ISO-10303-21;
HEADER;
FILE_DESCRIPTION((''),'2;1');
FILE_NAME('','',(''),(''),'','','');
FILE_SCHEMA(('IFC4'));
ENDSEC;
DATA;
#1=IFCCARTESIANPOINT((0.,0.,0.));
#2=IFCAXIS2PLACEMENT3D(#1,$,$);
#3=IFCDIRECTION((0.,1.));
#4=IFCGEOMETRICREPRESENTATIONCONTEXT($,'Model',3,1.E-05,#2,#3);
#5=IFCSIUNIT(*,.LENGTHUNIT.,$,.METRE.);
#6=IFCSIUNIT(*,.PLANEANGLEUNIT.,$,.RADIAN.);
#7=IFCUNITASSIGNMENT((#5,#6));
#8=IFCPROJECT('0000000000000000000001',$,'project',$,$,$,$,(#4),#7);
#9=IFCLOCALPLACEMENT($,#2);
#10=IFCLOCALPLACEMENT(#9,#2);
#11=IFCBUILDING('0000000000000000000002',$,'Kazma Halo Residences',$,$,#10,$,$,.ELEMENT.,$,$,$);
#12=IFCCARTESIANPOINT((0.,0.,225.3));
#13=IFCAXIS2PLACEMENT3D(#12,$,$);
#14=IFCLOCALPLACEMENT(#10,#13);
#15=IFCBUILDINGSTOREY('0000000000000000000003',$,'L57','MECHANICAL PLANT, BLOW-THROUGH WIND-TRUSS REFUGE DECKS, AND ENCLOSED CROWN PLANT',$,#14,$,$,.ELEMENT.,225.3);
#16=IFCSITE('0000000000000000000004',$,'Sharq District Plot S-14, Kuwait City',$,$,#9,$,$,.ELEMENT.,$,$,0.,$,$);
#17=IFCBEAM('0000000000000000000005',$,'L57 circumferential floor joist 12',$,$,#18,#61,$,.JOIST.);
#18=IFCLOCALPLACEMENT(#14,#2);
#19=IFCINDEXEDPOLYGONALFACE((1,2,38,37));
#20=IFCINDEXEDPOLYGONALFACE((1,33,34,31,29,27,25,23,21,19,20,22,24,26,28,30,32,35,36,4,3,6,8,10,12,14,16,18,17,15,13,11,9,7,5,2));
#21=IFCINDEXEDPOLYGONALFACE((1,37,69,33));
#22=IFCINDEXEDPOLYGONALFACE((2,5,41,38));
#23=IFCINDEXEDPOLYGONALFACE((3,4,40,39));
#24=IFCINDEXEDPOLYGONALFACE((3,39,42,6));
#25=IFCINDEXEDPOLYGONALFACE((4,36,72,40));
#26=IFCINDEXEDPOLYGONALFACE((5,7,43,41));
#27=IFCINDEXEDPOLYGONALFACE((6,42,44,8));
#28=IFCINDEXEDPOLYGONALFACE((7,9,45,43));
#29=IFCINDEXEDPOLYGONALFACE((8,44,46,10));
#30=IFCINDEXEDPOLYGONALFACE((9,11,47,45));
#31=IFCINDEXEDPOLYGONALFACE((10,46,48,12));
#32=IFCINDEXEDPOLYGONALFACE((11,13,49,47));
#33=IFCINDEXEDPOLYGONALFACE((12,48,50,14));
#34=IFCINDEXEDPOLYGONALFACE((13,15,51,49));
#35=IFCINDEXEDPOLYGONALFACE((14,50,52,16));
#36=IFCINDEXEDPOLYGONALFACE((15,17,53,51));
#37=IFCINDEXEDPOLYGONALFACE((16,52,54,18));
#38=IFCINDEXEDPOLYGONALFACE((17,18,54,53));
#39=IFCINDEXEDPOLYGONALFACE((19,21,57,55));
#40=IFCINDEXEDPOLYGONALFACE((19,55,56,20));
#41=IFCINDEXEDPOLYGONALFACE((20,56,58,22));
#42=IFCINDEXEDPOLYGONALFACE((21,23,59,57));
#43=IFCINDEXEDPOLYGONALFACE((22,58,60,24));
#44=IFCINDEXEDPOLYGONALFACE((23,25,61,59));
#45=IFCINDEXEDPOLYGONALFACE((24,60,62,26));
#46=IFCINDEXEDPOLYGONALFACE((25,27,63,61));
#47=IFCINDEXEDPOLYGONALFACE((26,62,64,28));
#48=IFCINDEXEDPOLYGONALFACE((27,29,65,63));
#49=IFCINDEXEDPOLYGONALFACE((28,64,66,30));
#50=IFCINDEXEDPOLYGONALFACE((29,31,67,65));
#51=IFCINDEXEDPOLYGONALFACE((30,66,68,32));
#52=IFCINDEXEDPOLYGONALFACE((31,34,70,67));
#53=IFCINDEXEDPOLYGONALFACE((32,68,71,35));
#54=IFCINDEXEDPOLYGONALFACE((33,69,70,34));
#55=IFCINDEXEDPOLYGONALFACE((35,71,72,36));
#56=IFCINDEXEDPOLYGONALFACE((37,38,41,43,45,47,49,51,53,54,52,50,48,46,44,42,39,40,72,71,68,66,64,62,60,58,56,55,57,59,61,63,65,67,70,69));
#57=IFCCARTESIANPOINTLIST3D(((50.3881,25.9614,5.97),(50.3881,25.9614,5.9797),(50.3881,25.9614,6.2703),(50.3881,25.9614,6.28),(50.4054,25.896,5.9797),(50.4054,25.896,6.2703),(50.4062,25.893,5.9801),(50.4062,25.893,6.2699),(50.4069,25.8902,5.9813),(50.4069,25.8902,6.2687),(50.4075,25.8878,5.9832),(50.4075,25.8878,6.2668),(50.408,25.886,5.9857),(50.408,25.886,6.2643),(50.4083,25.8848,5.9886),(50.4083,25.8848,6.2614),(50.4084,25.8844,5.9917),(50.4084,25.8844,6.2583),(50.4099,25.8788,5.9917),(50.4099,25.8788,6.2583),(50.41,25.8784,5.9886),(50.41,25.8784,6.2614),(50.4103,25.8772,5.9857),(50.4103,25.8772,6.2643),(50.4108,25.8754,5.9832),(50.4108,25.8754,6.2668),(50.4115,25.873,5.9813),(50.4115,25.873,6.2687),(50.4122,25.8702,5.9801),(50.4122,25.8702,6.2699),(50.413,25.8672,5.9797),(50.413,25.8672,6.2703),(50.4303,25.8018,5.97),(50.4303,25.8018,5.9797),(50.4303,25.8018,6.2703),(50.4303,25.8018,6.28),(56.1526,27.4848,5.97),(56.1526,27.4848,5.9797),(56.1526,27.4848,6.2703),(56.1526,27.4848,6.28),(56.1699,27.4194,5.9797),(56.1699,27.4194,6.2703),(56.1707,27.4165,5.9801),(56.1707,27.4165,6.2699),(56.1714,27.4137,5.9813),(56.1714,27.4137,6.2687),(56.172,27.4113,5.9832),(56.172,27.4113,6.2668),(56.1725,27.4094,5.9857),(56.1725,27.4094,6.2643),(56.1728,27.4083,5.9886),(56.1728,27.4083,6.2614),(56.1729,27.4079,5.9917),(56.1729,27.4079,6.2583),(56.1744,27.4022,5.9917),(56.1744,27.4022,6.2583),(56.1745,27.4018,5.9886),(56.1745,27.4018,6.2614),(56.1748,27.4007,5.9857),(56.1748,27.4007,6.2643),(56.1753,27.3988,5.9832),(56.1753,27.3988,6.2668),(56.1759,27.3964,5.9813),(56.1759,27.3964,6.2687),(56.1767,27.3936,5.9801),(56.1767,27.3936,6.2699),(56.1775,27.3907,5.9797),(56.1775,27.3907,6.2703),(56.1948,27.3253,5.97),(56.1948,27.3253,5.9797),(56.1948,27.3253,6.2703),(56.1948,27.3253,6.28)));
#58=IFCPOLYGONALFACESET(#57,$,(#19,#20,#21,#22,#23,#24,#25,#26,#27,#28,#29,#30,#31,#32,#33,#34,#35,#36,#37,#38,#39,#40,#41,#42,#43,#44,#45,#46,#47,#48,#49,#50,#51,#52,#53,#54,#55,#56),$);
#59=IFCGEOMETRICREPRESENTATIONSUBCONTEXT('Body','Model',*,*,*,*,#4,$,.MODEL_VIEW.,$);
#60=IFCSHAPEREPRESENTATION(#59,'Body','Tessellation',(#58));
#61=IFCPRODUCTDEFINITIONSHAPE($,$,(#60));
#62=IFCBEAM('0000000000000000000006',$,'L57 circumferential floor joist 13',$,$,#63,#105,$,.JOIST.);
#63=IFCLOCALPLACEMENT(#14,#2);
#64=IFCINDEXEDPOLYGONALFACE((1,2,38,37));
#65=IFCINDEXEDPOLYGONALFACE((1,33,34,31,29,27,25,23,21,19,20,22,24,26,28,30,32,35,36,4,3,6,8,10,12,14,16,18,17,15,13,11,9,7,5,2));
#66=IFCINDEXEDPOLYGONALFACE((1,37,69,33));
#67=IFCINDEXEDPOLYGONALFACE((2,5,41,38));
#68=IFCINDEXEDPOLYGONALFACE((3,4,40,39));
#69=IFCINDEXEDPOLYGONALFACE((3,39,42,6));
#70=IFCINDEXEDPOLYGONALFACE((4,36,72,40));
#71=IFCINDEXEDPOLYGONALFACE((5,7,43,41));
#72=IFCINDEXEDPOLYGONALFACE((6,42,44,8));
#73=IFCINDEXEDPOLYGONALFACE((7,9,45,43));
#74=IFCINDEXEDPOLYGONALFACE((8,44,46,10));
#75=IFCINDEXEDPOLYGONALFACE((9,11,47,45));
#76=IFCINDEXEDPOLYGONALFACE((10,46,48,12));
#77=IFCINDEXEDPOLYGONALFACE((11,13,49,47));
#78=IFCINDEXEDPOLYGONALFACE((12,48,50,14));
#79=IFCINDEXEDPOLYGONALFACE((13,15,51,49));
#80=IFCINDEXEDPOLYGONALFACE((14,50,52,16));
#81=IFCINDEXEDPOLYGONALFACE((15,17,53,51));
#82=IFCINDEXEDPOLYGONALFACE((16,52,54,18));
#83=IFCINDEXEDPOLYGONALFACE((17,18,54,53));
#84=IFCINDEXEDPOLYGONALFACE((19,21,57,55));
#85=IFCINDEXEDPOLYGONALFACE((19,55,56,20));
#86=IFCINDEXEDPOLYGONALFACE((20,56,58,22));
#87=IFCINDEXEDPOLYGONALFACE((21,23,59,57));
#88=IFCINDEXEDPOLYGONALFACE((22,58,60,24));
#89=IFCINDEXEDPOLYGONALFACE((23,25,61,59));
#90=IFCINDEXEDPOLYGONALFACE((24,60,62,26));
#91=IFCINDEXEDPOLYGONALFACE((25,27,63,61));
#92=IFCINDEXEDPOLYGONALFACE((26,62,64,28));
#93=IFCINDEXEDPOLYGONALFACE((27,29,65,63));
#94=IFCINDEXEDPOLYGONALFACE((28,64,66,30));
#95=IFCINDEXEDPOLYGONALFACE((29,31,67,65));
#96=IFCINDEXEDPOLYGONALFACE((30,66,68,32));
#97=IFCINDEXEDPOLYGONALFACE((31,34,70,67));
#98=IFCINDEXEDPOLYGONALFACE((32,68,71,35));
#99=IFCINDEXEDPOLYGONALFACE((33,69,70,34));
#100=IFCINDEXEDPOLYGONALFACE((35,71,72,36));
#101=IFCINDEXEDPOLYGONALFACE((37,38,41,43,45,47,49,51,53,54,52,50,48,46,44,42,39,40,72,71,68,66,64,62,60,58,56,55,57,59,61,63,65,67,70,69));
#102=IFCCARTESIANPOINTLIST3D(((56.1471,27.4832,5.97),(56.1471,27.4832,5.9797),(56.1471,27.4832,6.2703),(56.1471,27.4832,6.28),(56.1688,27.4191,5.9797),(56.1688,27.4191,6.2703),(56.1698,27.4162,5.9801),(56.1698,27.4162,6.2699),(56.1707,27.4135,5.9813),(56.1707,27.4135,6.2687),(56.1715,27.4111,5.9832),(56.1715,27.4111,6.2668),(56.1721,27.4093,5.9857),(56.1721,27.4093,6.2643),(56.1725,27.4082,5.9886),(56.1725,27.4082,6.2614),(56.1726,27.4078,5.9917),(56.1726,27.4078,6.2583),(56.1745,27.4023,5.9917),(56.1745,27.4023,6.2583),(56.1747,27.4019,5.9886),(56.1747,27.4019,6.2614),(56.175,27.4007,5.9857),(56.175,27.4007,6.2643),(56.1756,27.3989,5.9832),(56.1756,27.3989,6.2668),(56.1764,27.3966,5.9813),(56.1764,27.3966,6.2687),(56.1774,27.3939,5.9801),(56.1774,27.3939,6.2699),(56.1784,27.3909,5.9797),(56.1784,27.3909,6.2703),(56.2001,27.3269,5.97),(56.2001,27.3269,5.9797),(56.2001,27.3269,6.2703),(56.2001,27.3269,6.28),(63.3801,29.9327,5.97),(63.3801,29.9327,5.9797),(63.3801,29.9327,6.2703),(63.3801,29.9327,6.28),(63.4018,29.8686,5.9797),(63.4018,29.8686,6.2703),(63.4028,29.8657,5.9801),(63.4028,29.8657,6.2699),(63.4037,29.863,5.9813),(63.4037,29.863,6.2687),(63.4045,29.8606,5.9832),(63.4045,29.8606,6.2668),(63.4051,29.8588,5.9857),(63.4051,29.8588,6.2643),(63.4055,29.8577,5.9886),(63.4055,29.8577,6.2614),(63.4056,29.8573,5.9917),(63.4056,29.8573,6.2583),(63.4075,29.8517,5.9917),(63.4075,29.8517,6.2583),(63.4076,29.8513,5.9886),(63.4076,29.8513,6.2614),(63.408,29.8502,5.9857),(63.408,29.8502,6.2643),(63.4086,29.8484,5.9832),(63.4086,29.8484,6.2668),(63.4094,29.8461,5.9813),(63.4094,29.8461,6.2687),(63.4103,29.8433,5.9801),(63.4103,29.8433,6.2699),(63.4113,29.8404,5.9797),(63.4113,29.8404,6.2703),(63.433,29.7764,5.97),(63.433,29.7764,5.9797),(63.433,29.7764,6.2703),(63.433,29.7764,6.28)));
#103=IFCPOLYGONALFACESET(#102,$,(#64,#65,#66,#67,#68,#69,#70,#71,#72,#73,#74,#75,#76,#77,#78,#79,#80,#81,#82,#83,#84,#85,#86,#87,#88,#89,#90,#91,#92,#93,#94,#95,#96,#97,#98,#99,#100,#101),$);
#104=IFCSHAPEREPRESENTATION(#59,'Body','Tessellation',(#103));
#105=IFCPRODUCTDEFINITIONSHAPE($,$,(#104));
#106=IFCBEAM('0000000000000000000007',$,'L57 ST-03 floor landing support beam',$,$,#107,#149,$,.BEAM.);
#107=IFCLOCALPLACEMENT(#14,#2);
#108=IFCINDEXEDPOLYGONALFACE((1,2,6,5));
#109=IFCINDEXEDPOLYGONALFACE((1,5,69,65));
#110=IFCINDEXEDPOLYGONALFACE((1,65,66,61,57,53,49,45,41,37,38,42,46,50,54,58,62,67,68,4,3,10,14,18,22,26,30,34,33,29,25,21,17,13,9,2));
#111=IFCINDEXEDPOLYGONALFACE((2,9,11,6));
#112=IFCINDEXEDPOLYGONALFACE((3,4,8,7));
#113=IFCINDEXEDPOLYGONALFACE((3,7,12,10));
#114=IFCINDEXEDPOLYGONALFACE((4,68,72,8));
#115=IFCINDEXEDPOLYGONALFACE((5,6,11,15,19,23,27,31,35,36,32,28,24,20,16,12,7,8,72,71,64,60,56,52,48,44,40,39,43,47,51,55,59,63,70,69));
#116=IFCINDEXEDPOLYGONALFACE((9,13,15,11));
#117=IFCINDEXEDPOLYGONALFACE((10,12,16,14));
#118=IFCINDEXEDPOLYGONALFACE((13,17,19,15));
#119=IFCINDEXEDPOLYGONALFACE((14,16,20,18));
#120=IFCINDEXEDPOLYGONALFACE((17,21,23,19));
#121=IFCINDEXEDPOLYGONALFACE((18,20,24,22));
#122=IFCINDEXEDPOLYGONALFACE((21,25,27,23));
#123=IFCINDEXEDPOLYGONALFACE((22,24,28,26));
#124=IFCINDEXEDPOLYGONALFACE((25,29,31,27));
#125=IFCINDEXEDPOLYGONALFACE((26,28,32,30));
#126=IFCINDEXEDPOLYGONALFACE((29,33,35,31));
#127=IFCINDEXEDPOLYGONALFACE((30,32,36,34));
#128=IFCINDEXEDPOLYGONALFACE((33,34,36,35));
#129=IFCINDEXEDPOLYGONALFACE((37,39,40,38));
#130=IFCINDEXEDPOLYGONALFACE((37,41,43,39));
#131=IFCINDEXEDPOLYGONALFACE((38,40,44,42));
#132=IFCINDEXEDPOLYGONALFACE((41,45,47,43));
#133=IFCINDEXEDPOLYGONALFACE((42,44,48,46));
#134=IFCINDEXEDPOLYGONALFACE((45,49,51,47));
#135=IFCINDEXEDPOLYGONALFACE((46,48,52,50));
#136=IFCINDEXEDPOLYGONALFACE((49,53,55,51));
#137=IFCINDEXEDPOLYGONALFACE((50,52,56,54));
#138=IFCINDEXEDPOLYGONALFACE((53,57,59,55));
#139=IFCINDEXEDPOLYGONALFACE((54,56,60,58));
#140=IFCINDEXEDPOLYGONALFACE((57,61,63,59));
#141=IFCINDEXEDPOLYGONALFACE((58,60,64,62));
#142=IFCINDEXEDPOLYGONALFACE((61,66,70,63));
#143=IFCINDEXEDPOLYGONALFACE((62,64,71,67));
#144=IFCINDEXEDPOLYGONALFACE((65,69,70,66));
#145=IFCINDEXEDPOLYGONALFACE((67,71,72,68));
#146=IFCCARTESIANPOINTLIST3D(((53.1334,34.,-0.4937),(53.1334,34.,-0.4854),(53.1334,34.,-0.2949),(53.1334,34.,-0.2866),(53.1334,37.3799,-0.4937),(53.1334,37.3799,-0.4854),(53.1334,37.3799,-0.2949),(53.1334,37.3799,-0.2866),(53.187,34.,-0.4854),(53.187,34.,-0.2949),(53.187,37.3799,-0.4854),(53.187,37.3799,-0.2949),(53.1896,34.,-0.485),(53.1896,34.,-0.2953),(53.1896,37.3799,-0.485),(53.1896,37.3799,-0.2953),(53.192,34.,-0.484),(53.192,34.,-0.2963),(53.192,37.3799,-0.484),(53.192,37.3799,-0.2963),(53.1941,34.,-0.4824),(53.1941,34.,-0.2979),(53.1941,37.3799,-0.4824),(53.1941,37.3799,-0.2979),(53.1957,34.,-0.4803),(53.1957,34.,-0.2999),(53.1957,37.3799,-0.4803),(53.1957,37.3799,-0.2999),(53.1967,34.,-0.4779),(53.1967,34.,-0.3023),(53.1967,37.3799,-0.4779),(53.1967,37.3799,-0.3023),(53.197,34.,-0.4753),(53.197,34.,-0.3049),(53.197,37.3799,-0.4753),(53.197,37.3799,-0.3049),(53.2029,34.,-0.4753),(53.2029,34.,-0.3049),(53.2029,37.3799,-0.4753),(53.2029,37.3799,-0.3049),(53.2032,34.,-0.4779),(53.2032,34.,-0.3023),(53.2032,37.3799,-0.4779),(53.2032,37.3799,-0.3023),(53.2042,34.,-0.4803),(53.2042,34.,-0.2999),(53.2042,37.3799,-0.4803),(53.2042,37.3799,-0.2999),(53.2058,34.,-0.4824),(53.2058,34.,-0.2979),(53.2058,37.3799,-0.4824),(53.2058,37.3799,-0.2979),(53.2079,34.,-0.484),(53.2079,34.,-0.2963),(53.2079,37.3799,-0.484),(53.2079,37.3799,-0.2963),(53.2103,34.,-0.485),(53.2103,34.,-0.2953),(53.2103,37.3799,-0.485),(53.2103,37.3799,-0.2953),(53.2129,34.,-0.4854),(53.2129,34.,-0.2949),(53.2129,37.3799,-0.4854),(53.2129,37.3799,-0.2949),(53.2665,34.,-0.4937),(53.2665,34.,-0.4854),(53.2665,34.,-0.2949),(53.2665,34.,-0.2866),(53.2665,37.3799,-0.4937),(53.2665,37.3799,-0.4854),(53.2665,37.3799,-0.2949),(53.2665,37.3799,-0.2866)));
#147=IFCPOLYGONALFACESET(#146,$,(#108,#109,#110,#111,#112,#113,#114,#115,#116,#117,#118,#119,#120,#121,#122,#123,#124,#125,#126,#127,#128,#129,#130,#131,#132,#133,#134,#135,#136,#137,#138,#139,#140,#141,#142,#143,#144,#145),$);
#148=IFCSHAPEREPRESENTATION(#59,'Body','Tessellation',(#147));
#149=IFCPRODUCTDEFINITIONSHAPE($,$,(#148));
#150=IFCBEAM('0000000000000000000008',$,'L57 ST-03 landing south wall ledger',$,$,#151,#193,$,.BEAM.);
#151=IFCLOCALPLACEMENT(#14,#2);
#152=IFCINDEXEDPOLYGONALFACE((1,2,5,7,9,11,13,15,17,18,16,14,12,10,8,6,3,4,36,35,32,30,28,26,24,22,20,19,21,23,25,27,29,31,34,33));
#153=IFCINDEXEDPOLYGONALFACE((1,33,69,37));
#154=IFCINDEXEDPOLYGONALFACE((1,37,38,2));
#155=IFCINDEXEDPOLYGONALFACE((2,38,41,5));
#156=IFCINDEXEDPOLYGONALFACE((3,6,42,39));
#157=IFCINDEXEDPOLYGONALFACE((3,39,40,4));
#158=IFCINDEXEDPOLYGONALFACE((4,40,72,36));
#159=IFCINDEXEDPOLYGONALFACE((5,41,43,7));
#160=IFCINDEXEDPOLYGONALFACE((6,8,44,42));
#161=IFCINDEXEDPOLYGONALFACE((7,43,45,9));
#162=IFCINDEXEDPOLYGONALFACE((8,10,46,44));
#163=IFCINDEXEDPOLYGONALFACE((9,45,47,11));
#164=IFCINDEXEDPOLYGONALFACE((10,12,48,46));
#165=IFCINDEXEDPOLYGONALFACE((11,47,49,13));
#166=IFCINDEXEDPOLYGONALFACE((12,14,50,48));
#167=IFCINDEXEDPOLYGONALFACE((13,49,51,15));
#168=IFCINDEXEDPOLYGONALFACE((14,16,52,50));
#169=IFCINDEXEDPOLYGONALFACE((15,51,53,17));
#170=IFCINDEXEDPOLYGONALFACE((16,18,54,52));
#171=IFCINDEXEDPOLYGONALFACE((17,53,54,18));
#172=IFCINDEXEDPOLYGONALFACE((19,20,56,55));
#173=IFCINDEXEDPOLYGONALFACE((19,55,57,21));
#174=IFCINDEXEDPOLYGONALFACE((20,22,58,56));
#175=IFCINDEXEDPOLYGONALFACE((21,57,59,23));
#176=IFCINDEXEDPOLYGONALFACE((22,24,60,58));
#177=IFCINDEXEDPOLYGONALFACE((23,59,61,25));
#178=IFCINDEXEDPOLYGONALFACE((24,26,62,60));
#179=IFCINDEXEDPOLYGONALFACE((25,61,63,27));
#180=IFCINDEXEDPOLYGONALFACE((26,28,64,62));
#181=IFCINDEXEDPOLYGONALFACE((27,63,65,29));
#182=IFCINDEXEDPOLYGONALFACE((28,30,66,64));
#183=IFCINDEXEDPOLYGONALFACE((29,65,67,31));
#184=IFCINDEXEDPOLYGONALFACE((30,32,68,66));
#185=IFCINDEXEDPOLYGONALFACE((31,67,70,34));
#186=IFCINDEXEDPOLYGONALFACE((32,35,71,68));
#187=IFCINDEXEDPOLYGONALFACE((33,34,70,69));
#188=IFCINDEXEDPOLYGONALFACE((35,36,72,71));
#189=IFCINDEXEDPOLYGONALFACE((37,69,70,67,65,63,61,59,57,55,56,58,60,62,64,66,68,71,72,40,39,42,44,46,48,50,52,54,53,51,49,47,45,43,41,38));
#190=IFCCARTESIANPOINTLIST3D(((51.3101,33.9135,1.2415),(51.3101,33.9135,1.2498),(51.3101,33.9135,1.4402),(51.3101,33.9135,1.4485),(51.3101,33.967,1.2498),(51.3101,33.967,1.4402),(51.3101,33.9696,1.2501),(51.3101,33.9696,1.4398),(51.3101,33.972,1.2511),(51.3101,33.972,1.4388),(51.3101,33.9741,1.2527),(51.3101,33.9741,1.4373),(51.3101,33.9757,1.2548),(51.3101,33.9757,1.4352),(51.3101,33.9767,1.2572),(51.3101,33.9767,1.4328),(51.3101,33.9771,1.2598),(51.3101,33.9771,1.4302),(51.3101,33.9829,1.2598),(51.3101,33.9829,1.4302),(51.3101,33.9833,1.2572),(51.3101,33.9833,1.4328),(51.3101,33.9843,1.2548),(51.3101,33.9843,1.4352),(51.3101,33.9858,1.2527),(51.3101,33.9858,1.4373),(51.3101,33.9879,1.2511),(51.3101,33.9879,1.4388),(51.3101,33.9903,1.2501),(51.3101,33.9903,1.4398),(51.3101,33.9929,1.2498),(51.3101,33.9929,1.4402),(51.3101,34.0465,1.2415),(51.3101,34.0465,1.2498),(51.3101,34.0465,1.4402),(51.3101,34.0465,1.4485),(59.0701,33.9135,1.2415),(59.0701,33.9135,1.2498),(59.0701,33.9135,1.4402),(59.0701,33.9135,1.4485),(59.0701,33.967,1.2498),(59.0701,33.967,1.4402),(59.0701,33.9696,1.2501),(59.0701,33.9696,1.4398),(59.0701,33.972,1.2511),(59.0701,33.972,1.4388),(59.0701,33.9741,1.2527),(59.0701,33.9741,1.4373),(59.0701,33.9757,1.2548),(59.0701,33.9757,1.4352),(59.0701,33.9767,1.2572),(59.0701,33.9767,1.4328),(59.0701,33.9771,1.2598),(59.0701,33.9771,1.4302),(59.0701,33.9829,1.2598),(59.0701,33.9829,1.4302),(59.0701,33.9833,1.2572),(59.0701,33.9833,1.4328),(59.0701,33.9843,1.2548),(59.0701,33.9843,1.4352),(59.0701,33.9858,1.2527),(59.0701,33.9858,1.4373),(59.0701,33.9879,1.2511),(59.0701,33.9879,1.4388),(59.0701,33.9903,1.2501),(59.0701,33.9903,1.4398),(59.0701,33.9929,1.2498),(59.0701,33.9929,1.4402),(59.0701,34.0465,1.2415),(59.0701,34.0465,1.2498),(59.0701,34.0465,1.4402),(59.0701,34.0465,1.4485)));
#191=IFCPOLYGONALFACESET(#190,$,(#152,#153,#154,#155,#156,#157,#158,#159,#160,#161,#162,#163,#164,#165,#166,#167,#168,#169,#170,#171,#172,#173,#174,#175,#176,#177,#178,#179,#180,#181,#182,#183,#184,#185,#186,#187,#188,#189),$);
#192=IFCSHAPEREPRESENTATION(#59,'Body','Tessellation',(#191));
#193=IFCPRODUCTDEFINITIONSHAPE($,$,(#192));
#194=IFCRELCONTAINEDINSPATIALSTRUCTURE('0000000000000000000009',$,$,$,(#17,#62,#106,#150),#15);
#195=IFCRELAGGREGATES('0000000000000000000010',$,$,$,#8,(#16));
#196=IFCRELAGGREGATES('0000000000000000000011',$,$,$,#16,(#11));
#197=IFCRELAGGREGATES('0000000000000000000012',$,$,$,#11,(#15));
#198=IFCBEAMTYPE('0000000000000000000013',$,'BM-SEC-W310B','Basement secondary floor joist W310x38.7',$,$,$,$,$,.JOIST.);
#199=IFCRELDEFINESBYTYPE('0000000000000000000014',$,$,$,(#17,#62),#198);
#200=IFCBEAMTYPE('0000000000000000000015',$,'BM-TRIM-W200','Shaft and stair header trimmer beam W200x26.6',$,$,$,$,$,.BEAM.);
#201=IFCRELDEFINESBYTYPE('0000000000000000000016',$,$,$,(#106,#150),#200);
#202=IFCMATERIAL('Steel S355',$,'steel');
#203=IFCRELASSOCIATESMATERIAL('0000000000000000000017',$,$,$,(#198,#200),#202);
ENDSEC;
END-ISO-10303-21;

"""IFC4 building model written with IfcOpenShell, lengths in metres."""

from ifc_helpers import new_model, si_unit, direction, frame, origin, origin_2d, place, context, subcontext, project, spatial, i_section, extrude, material, material_profile, profile_set, type_object, element, save


model = new_model("IFC4")

# Units and contexts
model_context = context("Model", 3, precision=1e-05, world=origin(), true_north=direction((0.0, 1.0)))
body_context = subcontext(model_context, "Body", "Model", "MODEL_VIEW")
ifc_project = project(units=[si_unit("LENGTHUNIT", "METRE"), si_unit("PLANEANGLEUNIT", "RADIAN")], contexts=[model_context])

# Site, building, storey
site_placement = place(None, origin())
site = spatial("IfcSite", under=ifc_project, at=site_placement, Name="Sharq District Plot S-14, Kuwait City", CompositionType="ELEMENT", RefElevation=0.0)
building_placement = place(site_placement, origin())
building = spatial("IfcBuilding", under=site, at=building_placement, Name="Kazma Halo Residences", CompositionType="ELEMENT")
storey_placement = place(building_placement, frame((0.0, 0.0, 225.3)))
storey = spatial("IfcBuildingStorey", under=building, at=storey_placement, Name="L57", Description="MECHANICAL PLANT, BLOW-THROUGH WIND-TRUSS REFUGE DECKS, AND ENCLOSED CROWN PLANT", CompositionType="ELEMENT", Elevation=225.3)

# Beams
ifc_material_1 = material(Name="Steel S355", Category="steel")
ifc_material_profile_1 = material_profile(ifc_material_1, i_section(OverallWidth=0.165, OverallDepth=0.3101, WebThickness=0.0059, FlangeThickness=0.0098, FilletRadius=0.012, at=origin_2d()), Name="W310x38.7")
ifc_profile_set_1 = profile_set([ifc_material_profile_1], Name="Steel S355")
beam_type_1 = type_object("IfcBeamType", Name="BM-SEC-W310B", Description="Basement secondary floor joist W310x38.7", PredefinedType="JOIST", material=ifc_profile_set_1)
beam_1_placement = place(storey_placement, frame((50.4092, 25.8816, 6.125), z_axis=(0.966806, 0.255511, 0.0), x_axis=(-0.255511, 0.966806, 0.0)))
element("IfcBeam", 1, at=beam_1_placement, inside=storey, type_object=beam_type_1, Name="L57 circumferential floor joist 12", PredefinedType="JOIST", context=body_context, shape_type="SweptSolid", body=[
    extrude(i_section(OverallWidth=0.165, OverallDepth=0.3101, WebThickness=0.0059, FlangeThickness=0.0098, FilletRadius=0.012, at=origin_2d()), origin(), (0.0, 0.0, 1.0), 5.9624),
])
beam_2_placement = place(storey_placement, frame((56.1736, 27.405, 6.125), z_axis=(0.94716, 0.320761, 0.0), x_axis=(-0.320761, 0.94716, 0.0)))
element("IfcBeam", 2, at=beam_2_placement, inside=storey, type_object=beam_type_1, Name="L57 circumferential floor joist 13", PredefinedType="JOIST", context=body_context, shape_type="SweptSolid", body=[
    extrude(i_section(OverallWidth=0.165, OverallDepth=0.3101, WebThickness=0.0059, FlangeThickness=0.0098, FilletRadius=0.012, at=origin_2d()), origin(), (0.0, 0.0, 1.0), 7.6365),
])
ifc_material_profile_2 = material_profile(ifc_material_1, i_section(OverallWidth=0.1331, OverallDepth=0.207, WebThickness=0.0059, FlangeThickness=0.0083, FilletRadius=0.01, at=origin_2d()), Name="W200x26.6")
ifc_profile_set_2 = profile_set([ifc_material_profile_2], Name="Steel S355")
beam_type_2 = type_object("IfcBeamType", Name="BM-TRIM-W200", Description="Shaft and stair header trimmer beam W200x26.6", PredefinedType="BEAM", material=ifc_profile_set_2)
beam_3_placement = place(storey_placement, frame((53.2, 34.0, -0.3901), z_axis=(0.0, 1.0, 0.0), x_axis=(-1.0, 0.0, 0.0)))
element("IfcBeam", 3, at=beam_3_placement, inside=storey, type_object=beam_type_2, Name="L57 ST-03 floor landing support beam", PredefinedType="BEAM", context=body_context, shape_type="SweptSolid", body=[
    extrude(i_section(OverallWidth=0.1331, OverallDepth=0.207, WebThickness=0.0059, FlangeThickness=0.0083, FilletRadius=0.01, at=origin_2d()), origin(), (0.0, 0.0, 1.0), 3.3799),
])
for number, where, z_axis, x_axis, name in (
    (4, (51.3101, 33.98, 1.345), (1.0, 0.0, 0.0), (0.0, 1.0, 0.0), "L57 ST-03 landing south wall ledger"),
):
    element("IfcBeam", number, at=place(storey_placement, frame(where, z_axis=z_axis, x_axis=x_axis)), inside=storey, type_object=beam_type_2, Name=name, PredefinedType="BEAM", context=body_context, shape_type="SweptSolid", body=[
        extrude(i_section(OverallWidth=0.1331, OverallDepth=0.207, WebThickness=0.0059, FlangeThickness=0.0083, FilletRadius=0.01, at=origin_2d()), origin(), (0.0, 0.0, 1.0), 7.76),
    ])

save(model, "model.ifc")
